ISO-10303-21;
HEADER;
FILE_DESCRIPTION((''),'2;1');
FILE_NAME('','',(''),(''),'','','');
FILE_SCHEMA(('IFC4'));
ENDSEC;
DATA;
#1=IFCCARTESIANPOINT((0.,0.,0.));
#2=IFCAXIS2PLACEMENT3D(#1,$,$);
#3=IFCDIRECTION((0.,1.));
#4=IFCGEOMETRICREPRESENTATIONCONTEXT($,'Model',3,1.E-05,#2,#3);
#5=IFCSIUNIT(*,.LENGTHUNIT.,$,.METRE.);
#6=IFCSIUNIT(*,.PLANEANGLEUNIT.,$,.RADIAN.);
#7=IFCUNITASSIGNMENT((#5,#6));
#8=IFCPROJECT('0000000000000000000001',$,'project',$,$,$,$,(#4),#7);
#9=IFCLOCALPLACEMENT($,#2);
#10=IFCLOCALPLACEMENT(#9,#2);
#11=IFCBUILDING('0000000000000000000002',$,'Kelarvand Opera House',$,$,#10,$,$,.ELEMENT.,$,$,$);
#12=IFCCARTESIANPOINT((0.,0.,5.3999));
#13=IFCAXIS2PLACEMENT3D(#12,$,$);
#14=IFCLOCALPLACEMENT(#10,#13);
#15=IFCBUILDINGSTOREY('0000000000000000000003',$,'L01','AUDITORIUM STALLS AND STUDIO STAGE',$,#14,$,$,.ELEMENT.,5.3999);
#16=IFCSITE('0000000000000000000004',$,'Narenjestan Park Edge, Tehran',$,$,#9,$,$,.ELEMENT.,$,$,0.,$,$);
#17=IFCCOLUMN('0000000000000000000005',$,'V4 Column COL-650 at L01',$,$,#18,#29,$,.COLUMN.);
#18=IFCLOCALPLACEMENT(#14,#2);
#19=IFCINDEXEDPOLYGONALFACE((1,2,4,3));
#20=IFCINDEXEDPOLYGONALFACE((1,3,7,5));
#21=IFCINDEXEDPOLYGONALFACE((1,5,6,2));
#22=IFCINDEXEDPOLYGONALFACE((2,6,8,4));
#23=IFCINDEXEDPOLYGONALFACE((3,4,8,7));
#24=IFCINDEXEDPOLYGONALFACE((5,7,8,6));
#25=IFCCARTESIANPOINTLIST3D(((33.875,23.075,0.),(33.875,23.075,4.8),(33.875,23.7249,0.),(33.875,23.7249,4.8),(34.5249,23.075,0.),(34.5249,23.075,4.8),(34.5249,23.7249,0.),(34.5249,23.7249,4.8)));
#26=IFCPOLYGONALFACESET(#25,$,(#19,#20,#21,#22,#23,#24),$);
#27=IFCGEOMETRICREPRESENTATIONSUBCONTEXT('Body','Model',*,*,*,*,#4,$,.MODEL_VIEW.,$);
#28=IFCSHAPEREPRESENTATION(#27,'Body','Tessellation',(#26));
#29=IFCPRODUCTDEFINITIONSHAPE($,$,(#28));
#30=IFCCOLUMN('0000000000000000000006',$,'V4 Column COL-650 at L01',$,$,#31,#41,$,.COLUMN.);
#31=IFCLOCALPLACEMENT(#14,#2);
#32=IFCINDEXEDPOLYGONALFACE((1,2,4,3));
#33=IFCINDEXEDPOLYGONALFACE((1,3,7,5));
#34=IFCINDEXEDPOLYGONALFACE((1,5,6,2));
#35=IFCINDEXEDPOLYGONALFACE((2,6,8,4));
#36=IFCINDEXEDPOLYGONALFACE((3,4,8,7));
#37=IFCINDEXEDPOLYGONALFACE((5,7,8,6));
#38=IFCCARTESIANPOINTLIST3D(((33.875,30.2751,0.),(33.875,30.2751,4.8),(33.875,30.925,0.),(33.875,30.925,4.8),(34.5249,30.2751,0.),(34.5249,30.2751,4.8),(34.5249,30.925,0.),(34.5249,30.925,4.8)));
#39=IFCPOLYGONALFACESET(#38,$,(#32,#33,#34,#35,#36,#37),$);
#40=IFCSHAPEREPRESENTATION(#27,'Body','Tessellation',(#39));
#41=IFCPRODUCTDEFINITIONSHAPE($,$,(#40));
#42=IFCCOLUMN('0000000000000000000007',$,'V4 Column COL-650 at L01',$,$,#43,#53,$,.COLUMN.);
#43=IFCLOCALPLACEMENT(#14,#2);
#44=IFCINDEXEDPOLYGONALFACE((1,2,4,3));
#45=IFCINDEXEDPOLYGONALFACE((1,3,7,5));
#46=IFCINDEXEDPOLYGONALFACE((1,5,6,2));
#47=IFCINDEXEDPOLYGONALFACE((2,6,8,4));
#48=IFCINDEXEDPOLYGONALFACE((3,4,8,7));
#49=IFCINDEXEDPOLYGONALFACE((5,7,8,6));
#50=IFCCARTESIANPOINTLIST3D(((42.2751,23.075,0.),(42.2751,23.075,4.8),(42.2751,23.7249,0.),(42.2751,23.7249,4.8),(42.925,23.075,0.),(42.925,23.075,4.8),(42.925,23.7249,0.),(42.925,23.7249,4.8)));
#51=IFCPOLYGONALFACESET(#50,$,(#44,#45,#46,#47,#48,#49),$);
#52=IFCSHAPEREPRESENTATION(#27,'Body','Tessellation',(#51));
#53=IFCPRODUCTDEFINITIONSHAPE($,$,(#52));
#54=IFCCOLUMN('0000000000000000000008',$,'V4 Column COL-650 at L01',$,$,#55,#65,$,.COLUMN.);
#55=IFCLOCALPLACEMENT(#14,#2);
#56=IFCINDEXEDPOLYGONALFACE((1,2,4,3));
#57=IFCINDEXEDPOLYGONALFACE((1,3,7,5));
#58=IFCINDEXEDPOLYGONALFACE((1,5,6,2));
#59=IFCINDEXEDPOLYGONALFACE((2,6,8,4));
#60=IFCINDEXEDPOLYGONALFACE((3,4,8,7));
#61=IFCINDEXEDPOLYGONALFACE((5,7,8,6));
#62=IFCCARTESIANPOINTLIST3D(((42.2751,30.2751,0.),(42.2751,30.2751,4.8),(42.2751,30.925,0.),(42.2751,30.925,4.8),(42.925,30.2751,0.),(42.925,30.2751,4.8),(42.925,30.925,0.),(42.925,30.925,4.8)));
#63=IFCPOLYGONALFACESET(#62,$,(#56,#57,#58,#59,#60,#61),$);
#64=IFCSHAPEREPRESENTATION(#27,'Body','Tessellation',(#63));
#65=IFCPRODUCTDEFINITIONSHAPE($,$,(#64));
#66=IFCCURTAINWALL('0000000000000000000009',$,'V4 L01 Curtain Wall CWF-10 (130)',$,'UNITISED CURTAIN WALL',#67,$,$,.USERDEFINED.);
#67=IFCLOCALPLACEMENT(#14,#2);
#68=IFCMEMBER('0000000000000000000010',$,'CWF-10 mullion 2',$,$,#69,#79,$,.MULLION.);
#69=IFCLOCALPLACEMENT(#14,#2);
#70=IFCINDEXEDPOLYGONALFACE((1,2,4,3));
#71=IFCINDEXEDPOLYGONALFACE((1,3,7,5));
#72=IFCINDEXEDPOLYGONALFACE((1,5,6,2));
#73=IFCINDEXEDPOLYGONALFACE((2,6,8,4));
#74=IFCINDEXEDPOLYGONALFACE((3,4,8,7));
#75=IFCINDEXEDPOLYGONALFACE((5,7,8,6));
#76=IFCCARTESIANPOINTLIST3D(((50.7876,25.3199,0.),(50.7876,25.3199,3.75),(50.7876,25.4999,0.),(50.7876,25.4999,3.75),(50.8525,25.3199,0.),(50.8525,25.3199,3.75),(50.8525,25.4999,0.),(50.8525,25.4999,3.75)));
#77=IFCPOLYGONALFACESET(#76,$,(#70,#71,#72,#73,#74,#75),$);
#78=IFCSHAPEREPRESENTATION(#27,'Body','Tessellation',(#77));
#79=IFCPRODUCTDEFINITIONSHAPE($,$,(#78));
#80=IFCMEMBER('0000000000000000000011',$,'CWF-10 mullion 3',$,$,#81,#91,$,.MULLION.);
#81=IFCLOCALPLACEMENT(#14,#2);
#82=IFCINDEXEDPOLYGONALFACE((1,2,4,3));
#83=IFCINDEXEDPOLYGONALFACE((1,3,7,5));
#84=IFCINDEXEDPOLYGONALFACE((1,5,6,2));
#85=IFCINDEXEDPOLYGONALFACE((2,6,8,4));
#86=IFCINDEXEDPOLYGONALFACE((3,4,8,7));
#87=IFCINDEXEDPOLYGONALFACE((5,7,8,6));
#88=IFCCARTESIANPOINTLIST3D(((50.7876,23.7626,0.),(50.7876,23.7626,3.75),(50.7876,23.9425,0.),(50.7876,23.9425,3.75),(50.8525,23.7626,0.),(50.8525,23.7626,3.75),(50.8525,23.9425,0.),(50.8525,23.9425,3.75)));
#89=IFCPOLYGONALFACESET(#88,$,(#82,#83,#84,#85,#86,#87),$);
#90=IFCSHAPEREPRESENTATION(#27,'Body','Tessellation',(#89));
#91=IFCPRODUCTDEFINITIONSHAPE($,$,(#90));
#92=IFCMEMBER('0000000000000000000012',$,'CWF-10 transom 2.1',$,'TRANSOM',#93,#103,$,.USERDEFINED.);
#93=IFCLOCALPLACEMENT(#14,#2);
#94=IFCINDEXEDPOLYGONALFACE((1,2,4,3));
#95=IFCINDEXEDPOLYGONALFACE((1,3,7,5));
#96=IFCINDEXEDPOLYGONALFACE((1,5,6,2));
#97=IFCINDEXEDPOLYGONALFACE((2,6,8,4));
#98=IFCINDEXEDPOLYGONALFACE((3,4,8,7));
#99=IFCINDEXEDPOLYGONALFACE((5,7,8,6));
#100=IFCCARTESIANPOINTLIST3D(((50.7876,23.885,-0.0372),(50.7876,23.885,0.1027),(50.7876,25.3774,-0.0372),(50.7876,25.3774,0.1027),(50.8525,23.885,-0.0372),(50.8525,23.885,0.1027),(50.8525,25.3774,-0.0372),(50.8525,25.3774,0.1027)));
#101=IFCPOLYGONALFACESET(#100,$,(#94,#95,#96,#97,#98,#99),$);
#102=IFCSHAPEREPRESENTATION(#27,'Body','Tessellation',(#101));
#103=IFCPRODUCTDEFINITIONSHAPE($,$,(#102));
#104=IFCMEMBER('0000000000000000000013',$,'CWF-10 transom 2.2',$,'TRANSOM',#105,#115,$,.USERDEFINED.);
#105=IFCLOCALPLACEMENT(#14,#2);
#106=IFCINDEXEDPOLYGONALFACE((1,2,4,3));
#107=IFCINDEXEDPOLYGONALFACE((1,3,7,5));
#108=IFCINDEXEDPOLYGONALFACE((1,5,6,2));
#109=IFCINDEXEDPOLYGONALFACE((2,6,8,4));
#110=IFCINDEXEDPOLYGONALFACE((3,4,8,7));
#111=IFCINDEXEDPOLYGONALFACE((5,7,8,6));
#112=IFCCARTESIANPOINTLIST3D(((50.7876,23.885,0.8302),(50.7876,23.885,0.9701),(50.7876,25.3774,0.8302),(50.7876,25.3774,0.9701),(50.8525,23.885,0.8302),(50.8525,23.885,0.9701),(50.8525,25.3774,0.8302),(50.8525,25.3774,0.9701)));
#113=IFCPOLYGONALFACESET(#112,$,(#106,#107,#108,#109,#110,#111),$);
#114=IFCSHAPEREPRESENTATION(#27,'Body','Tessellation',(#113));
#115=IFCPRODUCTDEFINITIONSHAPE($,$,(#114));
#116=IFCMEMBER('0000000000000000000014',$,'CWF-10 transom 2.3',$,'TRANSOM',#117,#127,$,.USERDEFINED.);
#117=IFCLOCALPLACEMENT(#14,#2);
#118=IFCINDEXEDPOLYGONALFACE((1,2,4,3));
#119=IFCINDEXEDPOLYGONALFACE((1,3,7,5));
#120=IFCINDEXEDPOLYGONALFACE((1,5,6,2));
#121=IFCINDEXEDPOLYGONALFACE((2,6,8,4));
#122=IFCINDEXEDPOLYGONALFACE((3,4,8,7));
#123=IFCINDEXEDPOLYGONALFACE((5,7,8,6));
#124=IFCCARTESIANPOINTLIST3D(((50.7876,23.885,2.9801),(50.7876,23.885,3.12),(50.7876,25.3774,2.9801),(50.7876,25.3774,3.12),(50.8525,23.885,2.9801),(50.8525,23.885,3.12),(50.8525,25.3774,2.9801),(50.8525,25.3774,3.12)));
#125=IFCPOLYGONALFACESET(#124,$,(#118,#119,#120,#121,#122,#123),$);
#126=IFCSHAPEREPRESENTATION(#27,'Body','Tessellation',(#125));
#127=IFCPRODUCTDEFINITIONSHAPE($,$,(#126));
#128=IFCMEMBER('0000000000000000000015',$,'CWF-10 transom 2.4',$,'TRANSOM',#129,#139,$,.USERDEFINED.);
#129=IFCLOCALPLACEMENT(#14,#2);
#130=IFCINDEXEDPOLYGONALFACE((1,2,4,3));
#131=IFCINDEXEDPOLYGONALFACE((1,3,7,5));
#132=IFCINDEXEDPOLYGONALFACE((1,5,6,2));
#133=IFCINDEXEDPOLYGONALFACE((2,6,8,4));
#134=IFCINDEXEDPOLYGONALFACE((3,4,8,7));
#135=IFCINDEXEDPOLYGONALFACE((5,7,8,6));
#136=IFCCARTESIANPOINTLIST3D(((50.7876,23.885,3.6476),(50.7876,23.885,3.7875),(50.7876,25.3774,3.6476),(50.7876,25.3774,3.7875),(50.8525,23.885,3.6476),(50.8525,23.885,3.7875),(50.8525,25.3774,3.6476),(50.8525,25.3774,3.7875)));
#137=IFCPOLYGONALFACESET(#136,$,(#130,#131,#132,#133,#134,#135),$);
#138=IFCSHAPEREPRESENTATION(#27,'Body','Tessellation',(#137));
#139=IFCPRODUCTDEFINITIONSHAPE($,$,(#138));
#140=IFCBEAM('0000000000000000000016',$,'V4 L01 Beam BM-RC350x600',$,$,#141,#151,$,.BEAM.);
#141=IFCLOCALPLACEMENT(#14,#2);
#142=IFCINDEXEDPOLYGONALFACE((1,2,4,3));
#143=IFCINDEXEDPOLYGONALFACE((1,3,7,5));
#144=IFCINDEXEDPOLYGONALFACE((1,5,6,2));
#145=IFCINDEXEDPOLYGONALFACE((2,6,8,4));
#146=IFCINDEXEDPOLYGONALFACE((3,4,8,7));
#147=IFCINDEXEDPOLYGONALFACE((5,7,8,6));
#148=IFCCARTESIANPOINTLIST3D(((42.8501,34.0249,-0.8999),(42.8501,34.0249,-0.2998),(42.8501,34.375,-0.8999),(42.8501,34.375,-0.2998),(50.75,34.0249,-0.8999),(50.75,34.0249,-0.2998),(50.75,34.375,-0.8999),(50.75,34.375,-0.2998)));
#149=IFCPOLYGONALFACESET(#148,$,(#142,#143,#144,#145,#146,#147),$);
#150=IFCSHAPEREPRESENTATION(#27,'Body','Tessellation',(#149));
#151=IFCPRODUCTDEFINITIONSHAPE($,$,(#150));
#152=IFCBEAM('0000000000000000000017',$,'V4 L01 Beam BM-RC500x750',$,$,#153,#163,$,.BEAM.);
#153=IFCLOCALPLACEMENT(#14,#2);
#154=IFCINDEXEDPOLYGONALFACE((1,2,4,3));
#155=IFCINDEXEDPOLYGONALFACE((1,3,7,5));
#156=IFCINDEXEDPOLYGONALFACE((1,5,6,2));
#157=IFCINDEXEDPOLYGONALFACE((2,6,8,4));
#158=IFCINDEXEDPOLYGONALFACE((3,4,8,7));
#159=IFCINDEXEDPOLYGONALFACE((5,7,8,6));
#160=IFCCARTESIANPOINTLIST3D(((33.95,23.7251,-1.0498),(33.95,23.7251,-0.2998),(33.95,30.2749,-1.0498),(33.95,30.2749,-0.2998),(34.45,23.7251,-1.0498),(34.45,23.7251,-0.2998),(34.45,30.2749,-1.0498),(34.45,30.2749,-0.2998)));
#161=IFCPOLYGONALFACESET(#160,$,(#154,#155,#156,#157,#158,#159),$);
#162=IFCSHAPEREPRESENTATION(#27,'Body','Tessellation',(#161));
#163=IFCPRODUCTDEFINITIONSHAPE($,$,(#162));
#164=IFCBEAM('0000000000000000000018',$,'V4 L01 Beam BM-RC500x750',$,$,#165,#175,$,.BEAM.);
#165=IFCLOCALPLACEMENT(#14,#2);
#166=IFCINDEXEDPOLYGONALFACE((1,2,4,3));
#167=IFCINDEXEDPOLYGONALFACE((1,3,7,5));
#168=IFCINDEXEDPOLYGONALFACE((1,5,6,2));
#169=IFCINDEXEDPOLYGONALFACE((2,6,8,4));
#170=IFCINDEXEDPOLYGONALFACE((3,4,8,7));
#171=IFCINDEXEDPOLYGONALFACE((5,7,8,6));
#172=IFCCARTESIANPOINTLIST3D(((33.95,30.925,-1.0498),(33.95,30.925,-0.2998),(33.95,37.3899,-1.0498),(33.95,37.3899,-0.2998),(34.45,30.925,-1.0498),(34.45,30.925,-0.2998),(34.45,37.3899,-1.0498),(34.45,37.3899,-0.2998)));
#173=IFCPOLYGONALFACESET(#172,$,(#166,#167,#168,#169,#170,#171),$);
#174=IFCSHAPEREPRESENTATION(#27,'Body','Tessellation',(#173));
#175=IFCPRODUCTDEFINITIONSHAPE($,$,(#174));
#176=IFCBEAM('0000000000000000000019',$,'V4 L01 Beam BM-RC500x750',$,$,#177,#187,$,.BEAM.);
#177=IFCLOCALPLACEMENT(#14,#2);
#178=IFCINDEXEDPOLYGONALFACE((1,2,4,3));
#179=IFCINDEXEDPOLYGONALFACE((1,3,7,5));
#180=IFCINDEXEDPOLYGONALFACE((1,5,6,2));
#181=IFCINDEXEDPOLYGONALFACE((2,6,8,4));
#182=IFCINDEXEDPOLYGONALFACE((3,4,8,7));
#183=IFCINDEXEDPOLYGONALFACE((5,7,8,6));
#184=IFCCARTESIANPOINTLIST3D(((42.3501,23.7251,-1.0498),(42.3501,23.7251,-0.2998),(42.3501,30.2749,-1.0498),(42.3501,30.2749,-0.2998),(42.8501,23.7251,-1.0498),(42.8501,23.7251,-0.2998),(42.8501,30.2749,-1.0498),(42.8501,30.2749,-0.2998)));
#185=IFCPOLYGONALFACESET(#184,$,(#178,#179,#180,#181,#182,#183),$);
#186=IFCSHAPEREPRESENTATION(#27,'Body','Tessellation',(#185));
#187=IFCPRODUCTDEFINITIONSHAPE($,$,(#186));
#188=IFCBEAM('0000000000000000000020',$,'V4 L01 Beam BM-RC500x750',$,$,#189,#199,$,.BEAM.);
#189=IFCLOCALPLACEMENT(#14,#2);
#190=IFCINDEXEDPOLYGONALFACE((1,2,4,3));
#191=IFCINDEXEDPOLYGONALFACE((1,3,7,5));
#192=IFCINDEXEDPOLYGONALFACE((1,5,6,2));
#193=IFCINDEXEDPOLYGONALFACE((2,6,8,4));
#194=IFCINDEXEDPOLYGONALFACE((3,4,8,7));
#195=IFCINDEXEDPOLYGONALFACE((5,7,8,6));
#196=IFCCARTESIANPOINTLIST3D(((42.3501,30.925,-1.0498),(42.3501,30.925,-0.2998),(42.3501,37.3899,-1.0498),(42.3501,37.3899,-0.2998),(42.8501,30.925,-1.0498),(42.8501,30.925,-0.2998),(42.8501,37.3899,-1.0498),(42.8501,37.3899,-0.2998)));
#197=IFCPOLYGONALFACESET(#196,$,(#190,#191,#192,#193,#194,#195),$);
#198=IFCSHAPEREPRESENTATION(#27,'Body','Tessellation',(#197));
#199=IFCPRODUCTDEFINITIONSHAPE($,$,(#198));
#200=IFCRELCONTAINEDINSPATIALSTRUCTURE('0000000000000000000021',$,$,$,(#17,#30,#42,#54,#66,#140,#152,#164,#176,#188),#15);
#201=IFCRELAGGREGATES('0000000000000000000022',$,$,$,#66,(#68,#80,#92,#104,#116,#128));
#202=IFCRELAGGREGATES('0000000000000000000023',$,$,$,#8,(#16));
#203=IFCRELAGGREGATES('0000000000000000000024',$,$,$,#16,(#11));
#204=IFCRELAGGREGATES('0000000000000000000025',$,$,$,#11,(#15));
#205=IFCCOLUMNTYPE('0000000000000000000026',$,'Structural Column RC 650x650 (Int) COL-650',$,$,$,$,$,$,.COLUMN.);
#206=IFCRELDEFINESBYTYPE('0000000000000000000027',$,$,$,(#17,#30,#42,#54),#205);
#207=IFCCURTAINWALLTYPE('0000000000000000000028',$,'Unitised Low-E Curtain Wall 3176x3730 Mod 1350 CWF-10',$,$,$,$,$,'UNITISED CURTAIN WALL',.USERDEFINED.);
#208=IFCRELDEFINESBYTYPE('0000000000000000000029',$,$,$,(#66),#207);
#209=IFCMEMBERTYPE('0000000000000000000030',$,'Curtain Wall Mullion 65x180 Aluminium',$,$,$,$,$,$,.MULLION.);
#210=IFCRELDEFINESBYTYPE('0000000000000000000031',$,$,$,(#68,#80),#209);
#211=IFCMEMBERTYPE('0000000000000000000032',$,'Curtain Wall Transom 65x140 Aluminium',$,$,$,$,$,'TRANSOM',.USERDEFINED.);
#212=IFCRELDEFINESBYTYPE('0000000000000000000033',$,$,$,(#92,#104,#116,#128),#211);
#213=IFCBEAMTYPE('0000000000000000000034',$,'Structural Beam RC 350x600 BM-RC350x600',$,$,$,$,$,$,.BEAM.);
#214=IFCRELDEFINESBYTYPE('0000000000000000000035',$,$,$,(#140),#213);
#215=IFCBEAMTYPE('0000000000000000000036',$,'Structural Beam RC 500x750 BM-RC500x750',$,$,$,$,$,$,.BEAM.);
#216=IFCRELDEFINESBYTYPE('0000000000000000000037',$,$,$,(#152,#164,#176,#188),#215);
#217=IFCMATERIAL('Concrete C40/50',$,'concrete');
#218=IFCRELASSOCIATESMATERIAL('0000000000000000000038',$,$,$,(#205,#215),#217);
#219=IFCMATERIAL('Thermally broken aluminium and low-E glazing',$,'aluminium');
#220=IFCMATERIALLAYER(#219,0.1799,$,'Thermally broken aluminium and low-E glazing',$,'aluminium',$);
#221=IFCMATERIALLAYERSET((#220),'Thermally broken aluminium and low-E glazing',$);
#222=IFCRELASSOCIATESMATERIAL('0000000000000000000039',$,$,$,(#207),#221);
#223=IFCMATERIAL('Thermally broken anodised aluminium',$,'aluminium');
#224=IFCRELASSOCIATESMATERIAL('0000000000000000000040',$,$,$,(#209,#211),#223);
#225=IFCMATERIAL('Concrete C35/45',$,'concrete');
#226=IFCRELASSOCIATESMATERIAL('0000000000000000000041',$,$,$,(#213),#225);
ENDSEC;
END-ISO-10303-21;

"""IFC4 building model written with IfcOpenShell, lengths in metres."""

from ifc_helpers import new_model, si_unit, direction, frame, origin, origin_2d, place, context, subcontext, project, spatial, rectangle, extrude, material, layer, layer_set, material_profile, profile_set, type_object, element, aggregate, save


model = new_model("IFC4")

# Units and contexts
model_context = context("Model", 3, precision=1e-05, world=origin(), true_north=direction((0.0, 1.0)))
body_context = subcontext(model_context, "Body", "Model", "MODEL_VIEW")
ifc_project = project(units=[si_unit("LENGTHUNIT", "METRE"), si_unit("PLANEANGLEUNIT", "RADIAN")], contexts=[model_context])

# Site, building, storey
site_placement = place(None, origin())
site = spatial("IfcSite", under=ifc_project, at=site_placement, Name="Narenjestan Park Edge, Tehran", CompositionType="ELEMENT", RefElevation=0.0)
building_placement = place(site_placement, origin())
building = spatial("IfcBuilding", under=site, at=building_placement, Name="Kelarvand Opera House", CompositionType="ELEMENT")
storey_placement = place(building_placement, frame((0.0, 0.0, 5.3999)))
storey = spatial("IfcBuildingStorey", under=building, at=storey_placement, Name="L01", Description="AUDITORIUM STALLS AND STUDIO STAGE", CompositionType="ELEMENT", Elevation=5.3999)

# Columns
ifc_material_1 = material(Name="Concrete C40/50", Category="concrete")
ifc_material_profile_1 = material_profile(ifc_material_1, rectangle(XDim=0.6499, YDim=0.6499, at=origin_2d()), Name="RC 650x650", Category="concrete")
ifc_profile_set_1 = profile_set([ifc_material_profile_1], Name="Concrete C40/50")
column_type = type_object("IfcColumnType", Name="Structural Column RC 650x650 (Int) COL-650", PredefinedType="COLUMN", material=ifc_profile_set_1)
for number, where, z_axis, x_axis, name in (
    (1, (34.2, 23.3999, 0.0), (0.0, 0.0, 1.0), (1.0, 0.0, 0.0), "V4 Column COL-650 at L01"),
    (2, (34.2, 30.6001, 0.0), (0.0, 0.0, 1.0), (1.0, 0.0, 0.0), "V4 Column COL-650 at L01"),
    (3, (42.6001, 23.3999, 0.0), (0.0, 0.0, 1.0), (1.0, 0.0, 0.0), "V4 Column COL-650 at L01"),
    (4, (42.6001, 30.6001, 0.0), (0.0, 0.0, 1.0), (1.0, 0.0, 0.0), "V4 Column COL-650 at L01"),
):
    element("IfcColumn", number, at=place(storey_placement, frame(where, z_axis=z_axis, x_axis=x_axis)), inside=storey, type_object=column_type, Name=name, PredefinedType="COLUMN", context=body_context, shape_type="SweptSolid", body=[
        extrude(rectangle(XDim=0.6499, YDim=0.6499, at=origin_2d()), origin(), (0.0, 0.0, 1.0), 4.8),
    ])

# Curtain wall, members
ifc_material_2 = material(Name="Thermally broken aluminium and low-E glazing", Category="aluminium")
ifc_layer_1 = layer(ifc_material_2, 0.1799, Name="Thermally broken aluminium and low-E glazing", Category="aluminium")
ifc_layer_set_1 = layer_set([ifc_layer_1], Name="Thermally broken aluminium and low-E glazing")
curtain_wall_type = type_object("IfcCurtainWallType", Name="Unitised Low-E Curtain Wall 3176x3730 Mod 1350 CWF-10", ElementType="UNITISED CURTAIN WALL", PredefinedType="USERDEFINED", material=ifc_layer_set_1)
curtain_wall_placement = place(storey_placement, origin())
curtain_wall = element("IfcCurtainWall", 5, at=curtain_wall_placement, inside=storey, type_object=curtain_wall_type, Name="V4 L01 Curtain Wall CWF-10 (130)", ObjectType="UNITISED CURTAIN WALL", PredefinedType="USERDEFINED")
ifc_material_3 = material(Name="Thermally broken anodised aluminium", Category="aluminium")
ifc_material_profile_2 = material_profile(ifc_material_3, rectangle(XDim=0.0649, YDim=0.1799, at=origin_2d()), Name="ALU MULLION 65x180", Category="aluminium")
ifc_profile_set_2 = profile_set([ifc_material_profile_2], Name="Thermally broken anodised aluminium")
member_type_1 = type_object("IfcMemberType", Name="Curtain Wall Mullion 65x180 Aluminium", PredefinedType="MULLION", material=ifc_profile_set_2)
member_1_placement = place(storey_placement, frame((50.8201, 25.4099, 0.0), z_axis=(0.0, 0.0, 1.0), x_axis=(1.0, 0.0, 0.0)))
member_1 = element("IfcMember", 6, at=member_1_placement, type_object=member_type_1, Name="CWF-10 mullion 2", PredefinedType="MULLION", context=body_context, shape_type="SweptSolid", body=[
    extrude(rectangle(XDim=0.0649, YDim=0.1799, at=origin_2d()), origin(), (0.0, 0.0, 1.0), 3.75),
])
member_2_placement = place(storey_placement, frame((50.8201, 23.8525, 0.0), z_axis=(0.0, 0.0, 1.0), x_axis=(1.0, 0.0, 0.0)))
member_2 = element("IfcMember", 7, at=member_2_placement, type_object=member_type_1, Name="CWF-10 mullion 3", PredefinedType="MULLION", context=body_context, shape_type="SweptSolid", body=[
    extrude(rectangle(XDim=0.0649, YDim=0.1799, at=origin_2d()), origin(), (0.0, 0.0, 1.0), 3.75),
])
ifc_material_profile_3 = material_profile(ifc_material_3, rectangle(XDim=0.0649, YDim=0.1399, at=origin_2d()), Name="ALU TRANSOM 65x140", Category="aluminium")
ifc_profile_set_3 = profile_set([ifc_material_profile_3], Name="Thermally broken anodised aluminium")
member_type_2 = type_object("IfcMemberType", Name="Curtain Wall Transom 65x140 Aluminium", ElementType="TRANSOM", PredefinedType="USERDEFINED", material=ifc_profile_set_3)
member_3_placement = place(storey_placement, frame((50.8201, 25.3774, 0.0327), z_axis=(0.0, -1.0, 0.0), x_axis=(1.0, 0.0, 0.0)))
member_3 = element("IfcMember", 8, at=member_3_placement, type_object=member_type_2, Name="CWF-10 transom 2.1", ObjectType="TRANSOM", PredefinedType="USERDEFINED", context=body_context, shape_type="SweptSolid", body=[
    extrude(rectangle(XDim=0.0649, YDim=0.1399, at=origin_2d()), origin(), (0.0, 0.0, 1.0), 1.4924),
])
member_4_placement = place(storey_placement, frame((50.8201, 25.3774, 0.9001), z_axis=(0.0, -1.0, 0.0), x_axis=(1.0, 0.0, 0.0)))
member_4 = element("IfcMember", 9, at=member_4_placement, type_object=member_type_2, Name="CWF-10 transom 2.2", ObjectType="TRANSOM", PredefinedType="USERDEFINED", context=body_context, shape_type="SweptSolid", body=[
    extrude(rectangle(XDim=0.0649, YDim=0.1399, at=origin_2d()), origin(), (0.0, 0.0, 1.0), 1.4924),
])
member_5_placement = place(storey_placement, frame((50.8201, 25.3774, 3.05), z_axis=(0.0, -1.0, 0.0), x_axis=(1.0, 0.0, 0.0)))
member_5 = element("IfcMember", 10, at=member_5_placement, type_object=member_type_2, Name="CWF-10 transom 2.3", ObjectType="TRANSOM", PredefinedType="USERDEFINED", context=body_context, shape_type="SweptSolid", body=[
    extrude(rectangle(XDim=0.0649, YDim=0.1399, at=origin_2d()), origin(), (0.0, 0.0, 1.0), 1.4924),
])
member_6_placement = place(storey_placement, frame((50.8201, 25.3774, 3.7175), z_axis=(0.0, -1.0, 0.0), x_axis=(1.0, 0.0, 0.0)))
member_6 = element("IfcMember", 11, at=member_6_placement, type_object=member_type_2, Name="CWF-10 transom 2.4", ObjectType="TRANSOM", PredefinedType="USERDEFINED", context=body_context, shape_type="SweptSolid", body=[
    extrude(rectangle(XDim=0.0649, YDim=0.1399, at=origin_2d()), origin(), (0.0, 0.0, 1.0), 1.4924),
])

# Beams
ifc_material_4 = material(Name="Concrete C35/45", Category="concrete")
ifc_material_profile_4 = material_profile(ifc_material_4, rectangle(XDim=0.3501, YDim=0.6001, at=origin_2d()), Name="RC 350x600", Category="concrete")
ifc_profile_set_4 = profile_set([ifc_material_profile_4], Name="Concrete C35/45")
beam_type_1 = type_object("IfcBeamType", Name="Structural Beam RC 350x600 BM-RC350x600", PredefinedType="BEAM", material=ifc_profile_set_4)
beam_1_placement = place(storey_placement, frame((42.8501, 34.2, -0.5999), z_axis=(1.0, 0.0, 0.0), x_axis=(0.0, 1.0, 0.0)))
element("IfcBeam", 12, at=beam_1_placement, inside=storey, type_object=beam_type_1, Name="V4 L01 Beam BM-RC350x600", PredefinedType="BEAM", context=body_context, shape_type="SweptSolid", body=[
    extrude(rectangle(XDim=0.3501, YDim=0.6001, at=origin_2d()), origin(), (0.0, 0.0, 1.0), 7.8999),
])
ifc_material_profile_5 = material_profile(ifc_material_1, rectangle(XDim=0.5, YDim=0.75, at=origin_2d()), Name="RC 500x750", Category="concrete")
ifc_profile_set_5 = profile_set([ifc_material_profile_5], Name="Concrete C40/50")
beam_type_2 = type_object("IfcBeamType", Name="Structural Beam RC 500x750 BM-RC500x750", PredefinedType="BEAM", material=ifc_profile_set_5)
beam_2_placement = place(storey_placement, frame((34.2, 23.7251, -0.6748), z_axis=(0.0, 1.0, 0.0), x_axis=(-1.0, 0.0, 0.0)))
element("IfcBeam", 13, at=beam_2_placement, inside=storey, type_object=beam_type_2, Name="V4 L01 Beam BM-RC500x750", PredefinedType="BEAM", context=body_context, shape_type="SweptSolid", body=[
    extrude(rectangle(XDim=0.5, YDim=0.75, at=origin_2d()), origin(), (0.0, 0.0, 1.0), 6.5498),
])
beam_3_placement = place(storey_placement, frame((34.2, 30.925, -0.6748), z_axis=(0.0, 1.0, 0.0), x_axis=(-1.0, 0.0, 0.0)))
element("IfcBeam", 14, at=beam_3_placement, inside=storey, type_object=beam_type_2, Name="V4 L01 Beam BM-RC500x750", PredefinedType="BEAM", context=body_context, shape_type="SweptSolid", body=[
    extrude(rectangle(XDim=0.5, YDim=0.75, at=origin_2d()), origin(), (0.0, 0.0, 1.0), 6.4648),
])
beam_4_placement = place(storey_placement, frame((42.6001, 23.7251, -0.6748), z_axis=(0.0, 1.0, 0.0), x_axis=(-1.0, 0.0, 0.0)))
element("IfcBeam", 15, at=beam_4_placement, inside=storey, type_object=beam_type_2, Name="V4 L01 Beam BM-RC500x750", PredefinedType="BEAM", context=body_context, shape_type="SweptSolid", body=[
    extrude(rectangle(XDim=0.5, YDim=0.75, at=origin_2d()), origin(), (0.0, 0.0, 1.0), 6.5498),
])
beam_5_placement = place(storey_placement, frame((42.6001, 30.925, -0.6748), z_axis=(0.0, 1.0, 0.0), x_axis=(-1.0, 0.0, 0.0)))
element("IfcBeam", 16, at=beam_5_placement, inside=storey, type_object=beam_type_2, Name="V4 L01 Beam BM-RC500x750", PredefinedType="BEAM", context=body_context, shape_type="SweptSolid", body=[
    extrude(rectangle(XDim=0.5, YDim=0.75, at=origin_2d()), origin(), (0.0, 0.0, 1.0), 6.4648),
])

aggregate(curtain_wall, [member_1, member_2, member_3, member_4, member_5, member_6])

save(model, "model.ifc")
